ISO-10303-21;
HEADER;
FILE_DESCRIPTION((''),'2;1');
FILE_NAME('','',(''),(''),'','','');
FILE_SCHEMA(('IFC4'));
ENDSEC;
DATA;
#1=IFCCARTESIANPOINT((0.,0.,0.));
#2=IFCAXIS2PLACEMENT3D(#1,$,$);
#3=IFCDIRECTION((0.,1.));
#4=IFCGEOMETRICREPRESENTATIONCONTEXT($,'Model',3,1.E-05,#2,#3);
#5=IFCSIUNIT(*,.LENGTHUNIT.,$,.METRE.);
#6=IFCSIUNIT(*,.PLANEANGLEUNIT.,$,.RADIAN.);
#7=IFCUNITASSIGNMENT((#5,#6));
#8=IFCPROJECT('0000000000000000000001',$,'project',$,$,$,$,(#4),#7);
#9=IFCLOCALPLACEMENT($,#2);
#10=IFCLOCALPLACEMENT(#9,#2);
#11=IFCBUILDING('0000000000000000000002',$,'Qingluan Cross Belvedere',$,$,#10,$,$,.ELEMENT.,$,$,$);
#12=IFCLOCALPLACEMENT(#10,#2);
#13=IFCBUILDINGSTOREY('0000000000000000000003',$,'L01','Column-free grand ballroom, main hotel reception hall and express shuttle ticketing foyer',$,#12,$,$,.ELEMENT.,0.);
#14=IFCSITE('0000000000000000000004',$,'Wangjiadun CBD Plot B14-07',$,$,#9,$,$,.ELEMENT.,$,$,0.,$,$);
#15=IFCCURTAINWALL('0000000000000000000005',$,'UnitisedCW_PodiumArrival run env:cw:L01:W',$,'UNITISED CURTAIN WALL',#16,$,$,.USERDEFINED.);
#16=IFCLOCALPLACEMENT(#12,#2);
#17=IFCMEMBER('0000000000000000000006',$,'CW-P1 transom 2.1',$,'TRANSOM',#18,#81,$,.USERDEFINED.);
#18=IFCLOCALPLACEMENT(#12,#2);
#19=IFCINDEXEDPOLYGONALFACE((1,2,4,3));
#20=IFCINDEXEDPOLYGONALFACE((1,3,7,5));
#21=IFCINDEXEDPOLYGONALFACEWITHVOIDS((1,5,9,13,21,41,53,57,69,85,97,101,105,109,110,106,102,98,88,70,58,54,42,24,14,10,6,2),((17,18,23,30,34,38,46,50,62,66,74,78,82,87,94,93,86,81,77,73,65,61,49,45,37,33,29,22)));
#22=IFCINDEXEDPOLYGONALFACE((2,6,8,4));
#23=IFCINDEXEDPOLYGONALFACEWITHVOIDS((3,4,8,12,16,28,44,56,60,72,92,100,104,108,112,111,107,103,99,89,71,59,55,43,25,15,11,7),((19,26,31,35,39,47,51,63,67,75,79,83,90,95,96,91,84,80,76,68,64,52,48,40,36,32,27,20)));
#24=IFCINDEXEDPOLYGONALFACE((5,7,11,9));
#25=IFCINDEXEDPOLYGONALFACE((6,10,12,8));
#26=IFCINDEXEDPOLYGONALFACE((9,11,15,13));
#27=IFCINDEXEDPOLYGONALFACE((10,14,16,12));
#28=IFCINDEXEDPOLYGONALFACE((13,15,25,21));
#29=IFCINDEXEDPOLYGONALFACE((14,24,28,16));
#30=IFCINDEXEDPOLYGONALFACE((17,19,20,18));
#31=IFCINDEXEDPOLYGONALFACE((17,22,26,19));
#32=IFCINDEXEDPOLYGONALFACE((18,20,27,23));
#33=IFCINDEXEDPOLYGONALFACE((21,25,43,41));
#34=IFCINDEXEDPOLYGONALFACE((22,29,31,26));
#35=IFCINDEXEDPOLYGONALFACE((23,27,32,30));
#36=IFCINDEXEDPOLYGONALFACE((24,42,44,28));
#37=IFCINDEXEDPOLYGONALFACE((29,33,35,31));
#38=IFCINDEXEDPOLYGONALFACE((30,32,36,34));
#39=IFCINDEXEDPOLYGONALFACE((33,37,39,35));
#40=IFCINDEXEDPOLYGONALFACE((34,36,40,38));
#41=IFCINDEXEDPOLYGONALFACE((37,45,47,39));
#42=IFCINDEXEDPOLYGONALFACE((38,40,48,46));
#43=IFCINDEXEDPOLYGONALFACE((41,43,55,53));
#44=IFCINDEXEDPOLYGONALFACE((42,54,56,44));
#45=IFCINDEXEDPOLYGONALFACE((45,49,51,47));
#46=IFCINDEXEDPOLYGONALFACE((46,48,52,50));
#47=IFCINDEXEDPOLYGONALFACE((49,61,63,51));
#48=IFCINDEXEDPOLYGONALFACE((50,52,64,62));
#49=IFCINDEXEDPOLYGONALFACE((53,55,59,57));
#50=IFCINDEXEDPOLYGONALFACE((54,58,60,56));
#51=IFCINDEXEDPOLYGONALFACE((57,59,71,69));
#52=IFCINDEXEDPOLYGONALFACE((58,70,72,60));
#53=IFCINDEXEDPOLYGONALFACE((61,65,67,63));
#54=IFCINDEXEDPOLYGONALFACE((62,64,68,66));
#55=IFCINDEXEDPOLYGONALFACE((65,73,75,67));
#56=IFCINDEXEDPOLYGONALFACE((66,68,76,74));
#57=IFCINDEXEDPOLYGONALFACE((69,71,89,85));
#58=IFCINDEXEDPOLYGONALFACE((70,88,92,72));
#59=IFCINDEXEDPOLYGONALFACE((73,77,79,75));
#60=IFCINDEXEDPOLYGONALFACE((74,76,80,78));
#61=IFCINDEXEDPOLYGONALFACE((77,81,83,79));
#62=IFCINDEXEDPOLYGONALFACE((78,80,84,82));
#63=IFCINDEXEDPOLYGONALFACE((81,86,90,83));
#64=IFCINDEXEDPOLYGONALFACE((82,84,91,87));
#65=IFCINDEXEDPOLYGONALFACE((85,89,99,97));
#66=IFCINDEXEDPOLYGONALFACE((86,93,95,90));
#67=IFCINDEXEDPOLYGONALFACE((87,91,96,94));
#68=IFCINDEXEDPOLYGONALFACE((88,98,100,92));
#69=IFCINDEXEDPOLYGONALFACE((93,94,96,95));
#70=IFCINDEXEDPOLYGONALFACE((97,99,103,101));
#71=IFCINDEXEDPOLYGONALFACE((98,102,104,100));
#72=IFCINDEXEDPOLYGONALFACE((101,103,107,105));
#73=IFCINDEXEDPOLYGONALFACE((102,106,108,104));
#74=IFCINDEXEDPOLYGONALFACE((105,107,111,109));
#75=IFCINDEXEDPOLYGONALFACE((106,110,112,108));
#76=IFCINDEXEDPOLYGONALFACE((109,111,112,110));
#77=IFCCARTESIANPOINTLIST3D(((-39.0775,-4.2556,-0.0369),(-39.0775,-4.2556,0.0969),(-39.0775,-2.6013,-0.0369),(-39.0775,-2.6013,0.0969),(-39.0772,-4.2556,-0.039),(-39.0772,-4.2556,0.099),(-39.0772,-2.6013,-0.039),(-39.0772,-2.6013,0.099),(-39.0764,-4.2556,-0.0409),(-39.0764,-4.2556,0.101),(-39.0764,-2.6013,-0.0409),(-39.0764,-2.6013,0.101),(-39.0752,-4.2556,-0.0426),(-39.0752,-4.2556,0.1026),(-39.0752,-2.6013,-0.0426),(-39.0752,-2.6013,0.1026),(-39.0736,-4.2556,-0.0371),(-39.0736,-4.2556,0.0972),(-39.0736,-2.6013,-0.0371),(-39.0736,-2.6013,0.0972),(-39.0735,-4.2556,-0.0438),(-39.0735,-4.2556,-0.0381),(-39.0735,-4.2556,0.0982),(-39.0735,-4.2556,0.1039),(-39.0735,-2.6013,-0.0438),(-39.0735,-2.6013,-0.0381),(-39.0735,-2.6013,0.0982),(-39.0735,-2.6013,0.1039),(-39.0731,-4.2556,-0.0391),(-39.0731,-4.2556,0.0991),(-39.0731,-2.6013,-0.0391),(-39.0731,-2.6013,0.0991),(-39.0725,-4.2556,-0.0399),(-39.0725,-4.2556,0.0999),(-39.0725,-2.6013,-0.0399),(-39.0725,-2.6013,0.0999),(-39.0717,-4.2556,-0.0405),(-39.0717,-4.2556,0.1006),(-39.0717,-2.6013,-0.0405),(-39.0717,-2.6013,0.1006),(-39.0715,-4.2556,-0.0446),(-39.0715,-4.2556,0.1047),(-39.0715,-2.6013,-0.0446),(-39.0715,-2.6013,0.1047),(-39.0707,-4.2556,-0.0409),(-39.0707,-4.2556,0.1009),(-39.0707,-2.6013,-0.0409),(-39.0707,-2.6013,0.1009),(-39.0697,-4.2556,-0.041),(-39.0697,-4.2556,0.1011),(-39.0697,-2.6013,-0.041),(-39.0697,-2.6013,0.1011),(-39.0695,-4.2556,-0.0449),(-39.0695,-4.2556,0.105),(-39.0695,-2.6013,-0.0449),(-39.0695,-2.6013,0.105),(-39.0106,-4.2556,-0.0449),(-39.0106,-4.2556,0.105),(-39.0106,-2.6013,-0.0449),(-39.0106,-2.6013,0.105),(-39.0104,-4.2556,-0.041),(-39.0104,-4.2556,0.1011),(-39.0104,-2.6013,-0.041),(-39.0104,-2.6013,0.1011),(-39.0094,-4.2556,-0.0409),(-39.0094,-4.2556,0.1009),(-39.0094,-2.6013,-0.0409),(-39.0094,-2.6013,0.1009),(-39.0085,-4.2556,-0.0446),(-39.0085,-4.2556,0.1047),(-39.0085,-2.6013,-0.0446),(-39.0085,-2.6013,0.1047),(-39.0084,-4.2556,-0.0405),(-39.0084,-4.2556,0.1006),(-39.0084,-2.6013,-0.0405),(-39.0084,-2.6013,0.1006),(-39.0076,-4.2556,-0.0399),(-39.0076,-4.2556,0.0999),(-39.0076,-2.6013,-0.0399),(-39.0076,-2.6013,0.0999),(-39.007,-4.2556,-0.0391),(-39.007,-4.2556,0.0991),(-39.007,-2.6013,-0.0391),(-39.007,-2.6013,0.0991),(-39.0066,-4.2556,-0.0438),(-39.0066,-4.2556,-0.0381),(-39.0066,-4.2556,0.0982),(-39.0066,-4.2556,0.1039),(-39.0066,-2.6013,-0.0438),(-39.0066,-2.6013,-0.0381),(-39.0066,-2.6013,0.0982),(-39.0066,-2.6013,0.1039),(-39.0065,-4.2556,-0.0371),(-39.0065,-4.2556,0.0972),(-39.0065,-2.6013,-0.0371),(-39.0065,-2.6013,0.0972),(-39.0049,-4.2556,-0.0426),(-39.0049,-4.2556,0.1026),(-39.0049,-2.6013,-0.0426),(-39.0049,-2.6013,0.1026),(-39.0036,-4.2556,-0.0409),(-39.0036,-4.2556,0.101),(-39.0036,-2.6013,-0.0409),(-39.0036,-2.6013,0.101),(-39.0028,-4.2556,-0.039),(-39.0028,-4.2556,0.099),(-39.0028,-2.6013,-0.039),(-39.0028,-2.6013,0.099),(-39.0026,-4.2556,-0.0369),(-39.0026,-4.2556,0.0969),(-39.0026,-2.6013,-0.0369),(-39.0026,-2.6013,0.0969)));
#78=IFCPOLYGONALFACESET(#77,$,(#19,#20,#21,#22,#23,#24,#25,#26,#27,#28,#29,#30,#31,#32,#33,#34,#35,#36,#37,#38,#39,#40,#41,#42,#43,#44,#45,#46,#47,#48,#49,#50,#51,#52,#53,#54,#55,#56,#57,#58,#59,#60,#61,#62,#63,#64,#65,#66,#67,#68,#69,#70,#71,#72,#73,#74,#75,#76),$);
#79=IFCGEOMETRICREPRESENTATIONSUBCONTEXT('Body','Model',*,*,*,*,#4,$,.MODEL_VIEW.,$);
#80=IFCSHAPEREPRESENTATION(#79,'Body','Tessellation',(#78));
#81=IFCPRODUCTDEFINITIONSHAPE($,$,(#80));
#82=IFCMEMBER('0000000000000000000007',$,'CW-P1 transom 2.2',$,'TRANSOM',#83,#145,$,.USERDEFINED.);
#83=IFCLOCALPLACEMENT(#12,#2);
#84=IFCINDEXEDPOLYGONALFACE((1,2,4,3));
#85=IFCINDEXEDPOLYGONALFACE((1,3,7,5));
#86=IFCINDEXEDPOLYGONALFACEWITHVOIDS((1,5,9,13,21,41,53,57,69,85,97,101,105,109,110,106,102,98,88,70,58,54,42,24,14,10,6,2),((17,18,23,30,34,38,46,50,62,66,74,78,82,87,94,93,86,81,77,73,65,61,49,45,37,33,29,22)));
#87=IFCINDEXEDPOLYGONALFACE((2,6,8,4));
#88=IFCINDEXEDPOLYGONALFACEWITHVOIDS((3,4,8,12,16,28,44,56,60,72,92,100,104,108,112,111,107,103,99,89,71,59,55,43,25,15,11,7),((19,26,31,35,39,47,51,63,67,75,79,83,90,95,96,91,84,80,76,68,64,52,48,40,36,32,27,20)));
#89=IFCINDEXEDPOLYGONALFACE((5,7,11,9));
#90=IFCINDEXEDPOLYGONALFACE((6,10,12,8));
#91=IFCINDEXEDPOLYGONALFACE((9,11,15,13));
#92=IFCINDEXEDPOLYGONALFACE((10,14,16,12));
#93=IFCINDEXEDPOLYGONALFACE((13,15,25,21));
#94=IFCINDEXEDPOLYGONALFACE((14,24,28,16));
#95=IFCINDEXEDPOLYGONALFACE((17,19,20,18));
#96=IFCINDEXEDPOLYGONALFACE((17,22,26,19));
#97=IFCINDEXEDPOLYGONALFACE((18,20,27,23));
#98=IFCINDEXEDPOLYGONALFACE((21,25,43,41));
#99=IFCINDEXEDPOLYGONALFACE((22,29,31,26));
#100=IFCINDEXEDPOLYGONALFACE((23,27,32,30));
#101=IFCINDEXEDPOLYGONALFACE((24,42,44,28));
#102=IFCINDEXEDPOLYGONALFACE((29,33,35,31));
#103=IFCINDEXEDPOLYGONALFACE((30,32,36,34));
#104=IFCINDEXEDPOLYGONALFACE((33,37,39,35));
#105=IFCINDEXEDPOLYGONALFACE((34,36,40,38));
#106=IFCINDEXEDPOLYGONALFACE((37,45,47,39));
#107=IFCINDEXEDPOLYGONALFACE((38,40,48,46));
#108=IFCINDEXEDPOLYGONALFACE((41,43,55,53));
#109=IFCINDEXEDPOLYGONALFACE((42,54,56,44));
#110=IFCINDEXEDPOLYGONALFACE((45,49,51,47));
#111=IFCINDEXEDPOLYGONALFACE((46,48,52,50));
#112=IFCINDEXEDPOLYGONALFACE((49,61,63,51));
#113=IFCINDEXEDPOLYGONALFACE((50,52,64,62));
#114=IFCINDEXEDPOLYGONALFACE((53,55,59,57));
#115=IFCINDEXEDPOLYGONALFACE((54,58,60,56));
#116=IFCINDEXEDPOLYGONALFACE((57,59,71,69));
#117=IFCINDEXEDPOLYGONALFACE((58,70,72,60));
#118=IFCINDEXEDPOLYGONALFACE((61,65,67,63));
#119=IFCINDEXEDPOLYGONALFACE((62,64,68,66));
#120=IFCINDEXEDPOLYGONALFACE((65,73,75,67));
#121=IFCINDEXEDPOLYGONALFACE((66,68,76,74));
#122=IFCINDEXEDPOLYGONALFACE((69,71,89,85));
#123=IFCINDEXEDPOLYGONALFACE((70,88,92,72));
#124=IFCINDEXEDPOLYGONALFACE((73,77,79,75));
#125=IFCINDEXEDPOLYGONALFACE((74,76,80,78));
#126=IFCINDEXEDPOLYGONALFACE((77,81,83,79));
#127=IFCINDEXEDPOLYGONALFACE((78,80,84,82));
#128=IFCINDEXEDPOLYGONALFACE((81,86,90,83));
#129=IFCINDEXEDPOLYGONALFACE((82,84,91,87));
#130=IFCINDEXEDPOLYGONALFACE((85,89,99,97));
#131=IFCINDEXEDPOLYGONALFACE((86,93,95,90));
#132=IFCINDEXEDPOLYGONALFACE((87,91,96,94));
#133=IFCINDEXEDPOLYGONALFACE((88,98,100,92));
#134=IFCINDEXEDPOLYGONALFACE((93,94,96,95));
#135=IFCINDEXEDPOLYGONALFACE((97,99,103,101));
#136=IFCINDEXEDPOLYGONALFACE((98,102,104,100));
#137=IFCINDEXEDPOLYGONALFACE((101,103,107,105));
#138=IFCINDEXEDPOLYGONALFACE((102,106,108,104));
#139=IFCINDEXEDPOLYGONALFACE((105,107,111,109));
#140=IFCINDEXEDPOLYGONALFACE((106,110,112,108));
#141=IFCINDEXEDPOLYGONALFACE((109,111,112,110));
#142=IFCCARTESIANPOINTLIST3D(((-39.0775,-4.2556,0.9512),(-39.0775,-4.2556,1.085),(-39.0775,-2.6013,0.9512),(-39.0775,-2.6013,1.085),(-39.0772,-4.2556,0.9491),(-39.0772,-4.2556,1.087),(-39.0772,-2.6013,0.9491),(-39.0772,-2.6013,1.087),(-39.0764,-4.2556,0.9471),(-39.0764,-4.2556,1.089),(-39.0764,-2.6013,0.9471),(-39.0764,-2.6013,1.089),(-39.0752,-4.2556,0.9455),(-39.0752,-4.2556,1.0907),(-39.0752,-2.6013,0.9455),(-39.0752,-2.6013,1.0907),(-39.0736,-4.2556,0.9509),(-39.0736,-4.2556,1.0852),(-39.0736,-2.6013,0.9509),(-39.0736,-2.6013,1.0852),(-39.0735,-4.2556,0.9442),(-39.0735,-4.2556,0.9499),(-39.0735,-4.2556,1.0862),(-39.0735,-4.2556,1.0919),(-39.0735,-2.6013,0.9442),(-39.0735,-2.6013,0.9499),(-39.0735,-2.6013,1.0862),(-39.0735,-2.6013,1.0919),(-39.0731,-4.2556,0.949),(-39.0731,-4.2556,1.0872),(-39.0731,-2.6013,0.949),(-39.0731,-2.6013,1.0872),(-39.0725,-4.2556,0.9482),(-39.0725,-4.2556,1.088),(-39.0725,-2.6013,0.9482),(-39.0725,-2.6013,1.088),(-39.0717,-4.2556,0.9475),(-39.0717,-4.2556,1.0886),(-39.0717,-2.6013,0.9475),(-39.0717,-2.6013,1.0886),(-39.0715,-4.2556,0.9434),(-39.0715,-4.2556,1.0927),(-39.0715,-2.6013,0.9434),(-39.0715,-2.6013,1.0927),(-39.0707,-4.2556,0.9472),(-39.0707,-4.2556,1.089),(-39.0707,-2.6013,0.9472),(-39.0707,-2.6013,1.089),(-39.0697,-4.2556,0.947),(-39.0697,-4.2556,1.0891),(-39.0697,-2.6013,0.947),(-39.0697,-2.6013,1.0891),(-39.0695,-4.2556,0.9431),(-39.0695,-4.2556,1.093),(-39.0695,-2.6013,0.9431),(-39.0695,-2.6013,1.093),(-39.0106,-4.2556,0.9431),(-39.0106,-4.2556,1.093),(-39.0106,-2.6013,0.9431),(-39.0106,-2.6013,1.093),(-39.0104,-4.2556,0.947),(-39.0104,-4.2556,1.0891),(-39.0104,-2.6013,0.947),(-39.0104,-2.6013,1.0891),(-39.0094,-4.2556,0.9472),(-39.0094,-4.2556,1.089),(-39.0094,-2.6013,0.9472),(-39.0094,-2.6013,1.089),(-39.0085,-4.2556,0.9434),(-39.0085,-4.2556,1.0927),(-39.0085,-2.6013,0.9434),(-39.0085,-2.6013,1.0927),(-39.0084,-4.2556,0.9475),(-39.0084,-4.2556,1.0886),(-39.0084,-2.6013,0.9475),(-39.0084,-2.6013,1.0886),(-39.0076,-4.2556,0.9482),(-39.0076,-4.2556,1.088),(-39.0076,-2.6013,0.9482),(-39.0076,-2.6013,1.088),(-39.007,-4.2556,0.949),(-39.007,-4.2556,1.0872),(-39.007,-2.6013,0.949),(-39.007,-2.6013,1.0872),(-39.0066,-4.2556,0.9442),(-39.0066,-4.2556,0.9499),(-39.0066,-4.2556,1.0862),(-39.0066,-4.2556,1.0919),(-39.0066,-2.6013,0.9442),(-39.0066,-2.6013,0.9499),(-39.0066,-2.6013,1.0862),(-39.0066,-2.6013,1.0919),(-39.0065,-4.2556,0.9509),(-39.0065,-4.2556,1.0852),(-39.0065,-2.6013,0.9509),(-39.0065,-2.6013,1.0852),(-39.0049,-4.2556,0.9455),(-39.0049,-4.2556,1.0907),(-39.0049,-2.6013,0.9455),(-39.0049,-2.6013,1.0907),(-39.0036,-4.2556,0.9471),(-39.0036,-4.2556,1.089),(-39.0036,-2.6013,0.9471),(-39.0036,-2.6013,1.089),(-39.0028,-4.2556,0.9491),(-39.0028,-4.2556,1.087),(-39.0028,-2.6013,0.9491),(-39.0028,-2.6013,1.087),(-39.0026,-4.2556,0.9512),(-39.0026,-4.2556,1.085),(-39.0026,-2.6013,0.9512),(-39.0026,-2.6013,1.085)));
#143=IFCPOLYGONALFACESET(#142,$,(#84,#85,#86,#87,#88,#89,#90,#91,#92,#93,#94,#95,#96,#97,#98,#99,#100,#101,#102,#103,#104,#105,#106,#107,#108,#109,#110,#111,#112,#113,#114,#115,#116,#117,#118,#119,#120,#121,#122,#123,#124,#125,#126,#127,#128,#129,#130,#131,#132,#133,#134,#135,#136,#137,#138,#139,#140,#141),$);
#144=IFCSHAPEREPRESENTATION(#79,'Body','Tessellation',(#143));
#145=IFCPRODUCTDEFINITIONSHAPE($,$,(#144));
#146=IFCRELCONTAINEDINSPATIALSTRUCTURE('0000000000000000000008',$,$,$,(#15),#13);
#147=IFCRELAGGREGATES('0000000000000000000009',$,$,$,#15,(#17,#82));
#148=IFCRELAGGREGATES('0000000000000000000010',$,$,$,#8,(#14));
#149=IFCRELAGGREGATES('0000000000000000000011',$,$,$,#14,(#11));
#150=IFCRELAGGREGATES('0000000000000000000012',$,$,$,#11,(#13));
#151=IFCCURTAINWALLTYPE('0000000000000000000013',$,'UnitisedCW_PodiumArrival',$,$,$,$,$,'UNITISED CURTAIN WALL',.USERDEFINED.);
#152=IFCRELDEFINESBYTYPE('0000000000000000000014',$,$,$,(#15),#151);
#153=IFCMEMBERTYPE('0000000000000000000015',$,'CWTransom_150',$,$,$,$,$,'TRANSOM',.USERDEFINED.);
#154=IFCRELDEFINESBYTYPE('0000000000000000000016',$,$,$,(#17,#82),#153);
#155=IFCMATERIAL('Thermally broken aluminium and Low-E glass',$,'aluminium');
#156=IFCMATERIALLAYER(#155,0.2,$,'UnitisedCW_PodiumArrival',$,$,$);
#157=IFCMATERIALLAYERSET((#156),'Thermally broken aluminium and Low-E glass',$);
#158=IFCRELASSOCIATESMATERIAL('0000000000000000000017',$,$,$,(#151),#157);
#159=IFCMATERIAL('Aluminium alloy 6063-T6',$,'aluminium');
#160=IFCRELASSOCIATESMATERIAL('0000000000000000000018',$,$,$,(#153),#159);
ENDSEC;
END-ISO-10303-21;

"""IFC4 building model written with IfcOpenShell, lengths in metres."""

from ifc_helpers import new_model, si_unit, direction, frame, origin, origin_2d, place, context, subcontext, project, spatial, hollow_rectangle, extrude, material, layer, layer_set, material_profile, profile_set, type_object, element, aggregate, save


model = new_model("IFC4")

# Units and contexts
model_context = context("Model", 3, precision=1e-05, world=origin(), true_north=direction((0.0, 1.0)))
body_context = subcontext(model_context, "Body", "Model", "MODEL_VIEW")
ifc_project = project(units=[si_unit("LENGTHUNIT", "METRE"), si_unit("PLANEANGLEUNIT", "RADIAN")], contexts=[model_context])

# Site, building, storey
site_placement = place(None, origin())
site = spatial("IfcSite", under=ifc_project, at=site_placement, Name="Wangjiadun CBD Plot B14-07", CompositionType="ELEMENT", RefElevation=0.0)
building_placement = place(site_placement, origin())
building = spatial("IfcBuilding", under=site, at=building_placement, Name="Qingluan Cross Belvedere", CompositionType="ELEMENT")
storey_placement = place(building_placement, origin())
storey = spatial("IfcBuildingStorey", under=building, at=storey_placement, Name="L01", Description="Column-free grand ballroom, main hotel reception hall and express shuttle ticketing foyer", CompositionType="ELEMENT", Elevation=0.0)

# Curtain wall, members
ifc_material_1 = material(Name="Thermally broken aluminium and Low-E glass", Category="aluminium")
ifc_layer_1 = layer(ifc_material_1, 0.2, Name="UnitisedCW_PodiumArrival")
ifc_layer_set_1 = layer_set([ifc_layer_1], Name="Thermally broken aluminium and Low-E glass")
curtain_wall_type = type_object("IfcCurtainWallType", Name="UnitisedCW_PodiumArrival", ElementType="UNITISED CURTAIN WALL", PredefinedType="USERDEFINED", material=ifc_layer_set_1)
curtain_wall_placement = place(storey_placement, origin())
curtain_wall = element("IfcCurtainWall", 1, at=curtain_wall_placement, inside=storey, type_object=curtain_wall_type, Name="UnitisedCW_PodiumArrival run env:cw:L01:W", ObjectType="UNITISED CURTAIN WALL", PredefinedType="USERDEFINED")
ifc_material_2 = material(Name="Aluminium alloy 6063-T6", Category="aluminium")
ifc_material_profile_1 = material_profile(ifc_material_2, hollow_rectangle(XDim=0.075, YDim=0.1499, WallThickness=0.0039, InnerFilletRadius=0.0039, OuterFilletRadius=0.0081, at=origin_2d()), Name="CWT150x75x4")
ifc_profile_set_1 = profile_set([ifc_material_profile_1], Name="Aluminium alloy 6063-T6")
member_type_1 = type_object("IfcMemberType", Name="CWTransom_150", ElementType="TRANSOM", PredefinedType="USERDEFINED", material=ifc_profile_set_1)
member_1_placement = place(storey_placement, frame((-39.04, -4.2556, 0.03), z_axis=(0.0, 1.0, 0.0), x_axis=(-1.0, 0.0, 0.0)))
member_1 = element("IfcMember", 2, at=member_1_placement, type_object=member_type_1, Name="CW-P1 transom 2.1", ObjectType="TRANSOM", PredefinedType="USERDEFINED", context=body_context, shape_type="SweptSolid", body=[
    extrude(hollow_rectangle(XDim=0.075, YDim=0.1499, WallThickness=0.0039, InnerFilletRadius=0.0039, OuterFilletRadius=0.0081, at=origin_2d()), origin(), (0.0, 0.0, 1.0), 1.6543),
])
member_2_placement = place(storey_placement, frame((-39.04, -4.2556, 1.0181), z_axis=(0.0, 1.0, 0.0), x_axis=(-1.0, 0.0, 0.0)))
member_2 = element("IfcMember", 3, at=member_2_placement, type_object=member_type_1, Name="CW-P1 transom 2.2", ObjectType="TRANSOM", PredefinedType="USERDEFINED", context=body_context, shape_type="SweptSolid", body=[
    extrude(hollow_rectangle(XDim=0.075, YDim=0.1499, WallThickness=0.0039, InnerFilletRadius=0.0039, OuterFilletRadius=0.0081, at=origin_2d()), origin(), (0.0, 0.0, 1.0), 1.6543),
])
aggregate(curtain_wall, [member_1, member_2])

save(model, "model.ifc")
